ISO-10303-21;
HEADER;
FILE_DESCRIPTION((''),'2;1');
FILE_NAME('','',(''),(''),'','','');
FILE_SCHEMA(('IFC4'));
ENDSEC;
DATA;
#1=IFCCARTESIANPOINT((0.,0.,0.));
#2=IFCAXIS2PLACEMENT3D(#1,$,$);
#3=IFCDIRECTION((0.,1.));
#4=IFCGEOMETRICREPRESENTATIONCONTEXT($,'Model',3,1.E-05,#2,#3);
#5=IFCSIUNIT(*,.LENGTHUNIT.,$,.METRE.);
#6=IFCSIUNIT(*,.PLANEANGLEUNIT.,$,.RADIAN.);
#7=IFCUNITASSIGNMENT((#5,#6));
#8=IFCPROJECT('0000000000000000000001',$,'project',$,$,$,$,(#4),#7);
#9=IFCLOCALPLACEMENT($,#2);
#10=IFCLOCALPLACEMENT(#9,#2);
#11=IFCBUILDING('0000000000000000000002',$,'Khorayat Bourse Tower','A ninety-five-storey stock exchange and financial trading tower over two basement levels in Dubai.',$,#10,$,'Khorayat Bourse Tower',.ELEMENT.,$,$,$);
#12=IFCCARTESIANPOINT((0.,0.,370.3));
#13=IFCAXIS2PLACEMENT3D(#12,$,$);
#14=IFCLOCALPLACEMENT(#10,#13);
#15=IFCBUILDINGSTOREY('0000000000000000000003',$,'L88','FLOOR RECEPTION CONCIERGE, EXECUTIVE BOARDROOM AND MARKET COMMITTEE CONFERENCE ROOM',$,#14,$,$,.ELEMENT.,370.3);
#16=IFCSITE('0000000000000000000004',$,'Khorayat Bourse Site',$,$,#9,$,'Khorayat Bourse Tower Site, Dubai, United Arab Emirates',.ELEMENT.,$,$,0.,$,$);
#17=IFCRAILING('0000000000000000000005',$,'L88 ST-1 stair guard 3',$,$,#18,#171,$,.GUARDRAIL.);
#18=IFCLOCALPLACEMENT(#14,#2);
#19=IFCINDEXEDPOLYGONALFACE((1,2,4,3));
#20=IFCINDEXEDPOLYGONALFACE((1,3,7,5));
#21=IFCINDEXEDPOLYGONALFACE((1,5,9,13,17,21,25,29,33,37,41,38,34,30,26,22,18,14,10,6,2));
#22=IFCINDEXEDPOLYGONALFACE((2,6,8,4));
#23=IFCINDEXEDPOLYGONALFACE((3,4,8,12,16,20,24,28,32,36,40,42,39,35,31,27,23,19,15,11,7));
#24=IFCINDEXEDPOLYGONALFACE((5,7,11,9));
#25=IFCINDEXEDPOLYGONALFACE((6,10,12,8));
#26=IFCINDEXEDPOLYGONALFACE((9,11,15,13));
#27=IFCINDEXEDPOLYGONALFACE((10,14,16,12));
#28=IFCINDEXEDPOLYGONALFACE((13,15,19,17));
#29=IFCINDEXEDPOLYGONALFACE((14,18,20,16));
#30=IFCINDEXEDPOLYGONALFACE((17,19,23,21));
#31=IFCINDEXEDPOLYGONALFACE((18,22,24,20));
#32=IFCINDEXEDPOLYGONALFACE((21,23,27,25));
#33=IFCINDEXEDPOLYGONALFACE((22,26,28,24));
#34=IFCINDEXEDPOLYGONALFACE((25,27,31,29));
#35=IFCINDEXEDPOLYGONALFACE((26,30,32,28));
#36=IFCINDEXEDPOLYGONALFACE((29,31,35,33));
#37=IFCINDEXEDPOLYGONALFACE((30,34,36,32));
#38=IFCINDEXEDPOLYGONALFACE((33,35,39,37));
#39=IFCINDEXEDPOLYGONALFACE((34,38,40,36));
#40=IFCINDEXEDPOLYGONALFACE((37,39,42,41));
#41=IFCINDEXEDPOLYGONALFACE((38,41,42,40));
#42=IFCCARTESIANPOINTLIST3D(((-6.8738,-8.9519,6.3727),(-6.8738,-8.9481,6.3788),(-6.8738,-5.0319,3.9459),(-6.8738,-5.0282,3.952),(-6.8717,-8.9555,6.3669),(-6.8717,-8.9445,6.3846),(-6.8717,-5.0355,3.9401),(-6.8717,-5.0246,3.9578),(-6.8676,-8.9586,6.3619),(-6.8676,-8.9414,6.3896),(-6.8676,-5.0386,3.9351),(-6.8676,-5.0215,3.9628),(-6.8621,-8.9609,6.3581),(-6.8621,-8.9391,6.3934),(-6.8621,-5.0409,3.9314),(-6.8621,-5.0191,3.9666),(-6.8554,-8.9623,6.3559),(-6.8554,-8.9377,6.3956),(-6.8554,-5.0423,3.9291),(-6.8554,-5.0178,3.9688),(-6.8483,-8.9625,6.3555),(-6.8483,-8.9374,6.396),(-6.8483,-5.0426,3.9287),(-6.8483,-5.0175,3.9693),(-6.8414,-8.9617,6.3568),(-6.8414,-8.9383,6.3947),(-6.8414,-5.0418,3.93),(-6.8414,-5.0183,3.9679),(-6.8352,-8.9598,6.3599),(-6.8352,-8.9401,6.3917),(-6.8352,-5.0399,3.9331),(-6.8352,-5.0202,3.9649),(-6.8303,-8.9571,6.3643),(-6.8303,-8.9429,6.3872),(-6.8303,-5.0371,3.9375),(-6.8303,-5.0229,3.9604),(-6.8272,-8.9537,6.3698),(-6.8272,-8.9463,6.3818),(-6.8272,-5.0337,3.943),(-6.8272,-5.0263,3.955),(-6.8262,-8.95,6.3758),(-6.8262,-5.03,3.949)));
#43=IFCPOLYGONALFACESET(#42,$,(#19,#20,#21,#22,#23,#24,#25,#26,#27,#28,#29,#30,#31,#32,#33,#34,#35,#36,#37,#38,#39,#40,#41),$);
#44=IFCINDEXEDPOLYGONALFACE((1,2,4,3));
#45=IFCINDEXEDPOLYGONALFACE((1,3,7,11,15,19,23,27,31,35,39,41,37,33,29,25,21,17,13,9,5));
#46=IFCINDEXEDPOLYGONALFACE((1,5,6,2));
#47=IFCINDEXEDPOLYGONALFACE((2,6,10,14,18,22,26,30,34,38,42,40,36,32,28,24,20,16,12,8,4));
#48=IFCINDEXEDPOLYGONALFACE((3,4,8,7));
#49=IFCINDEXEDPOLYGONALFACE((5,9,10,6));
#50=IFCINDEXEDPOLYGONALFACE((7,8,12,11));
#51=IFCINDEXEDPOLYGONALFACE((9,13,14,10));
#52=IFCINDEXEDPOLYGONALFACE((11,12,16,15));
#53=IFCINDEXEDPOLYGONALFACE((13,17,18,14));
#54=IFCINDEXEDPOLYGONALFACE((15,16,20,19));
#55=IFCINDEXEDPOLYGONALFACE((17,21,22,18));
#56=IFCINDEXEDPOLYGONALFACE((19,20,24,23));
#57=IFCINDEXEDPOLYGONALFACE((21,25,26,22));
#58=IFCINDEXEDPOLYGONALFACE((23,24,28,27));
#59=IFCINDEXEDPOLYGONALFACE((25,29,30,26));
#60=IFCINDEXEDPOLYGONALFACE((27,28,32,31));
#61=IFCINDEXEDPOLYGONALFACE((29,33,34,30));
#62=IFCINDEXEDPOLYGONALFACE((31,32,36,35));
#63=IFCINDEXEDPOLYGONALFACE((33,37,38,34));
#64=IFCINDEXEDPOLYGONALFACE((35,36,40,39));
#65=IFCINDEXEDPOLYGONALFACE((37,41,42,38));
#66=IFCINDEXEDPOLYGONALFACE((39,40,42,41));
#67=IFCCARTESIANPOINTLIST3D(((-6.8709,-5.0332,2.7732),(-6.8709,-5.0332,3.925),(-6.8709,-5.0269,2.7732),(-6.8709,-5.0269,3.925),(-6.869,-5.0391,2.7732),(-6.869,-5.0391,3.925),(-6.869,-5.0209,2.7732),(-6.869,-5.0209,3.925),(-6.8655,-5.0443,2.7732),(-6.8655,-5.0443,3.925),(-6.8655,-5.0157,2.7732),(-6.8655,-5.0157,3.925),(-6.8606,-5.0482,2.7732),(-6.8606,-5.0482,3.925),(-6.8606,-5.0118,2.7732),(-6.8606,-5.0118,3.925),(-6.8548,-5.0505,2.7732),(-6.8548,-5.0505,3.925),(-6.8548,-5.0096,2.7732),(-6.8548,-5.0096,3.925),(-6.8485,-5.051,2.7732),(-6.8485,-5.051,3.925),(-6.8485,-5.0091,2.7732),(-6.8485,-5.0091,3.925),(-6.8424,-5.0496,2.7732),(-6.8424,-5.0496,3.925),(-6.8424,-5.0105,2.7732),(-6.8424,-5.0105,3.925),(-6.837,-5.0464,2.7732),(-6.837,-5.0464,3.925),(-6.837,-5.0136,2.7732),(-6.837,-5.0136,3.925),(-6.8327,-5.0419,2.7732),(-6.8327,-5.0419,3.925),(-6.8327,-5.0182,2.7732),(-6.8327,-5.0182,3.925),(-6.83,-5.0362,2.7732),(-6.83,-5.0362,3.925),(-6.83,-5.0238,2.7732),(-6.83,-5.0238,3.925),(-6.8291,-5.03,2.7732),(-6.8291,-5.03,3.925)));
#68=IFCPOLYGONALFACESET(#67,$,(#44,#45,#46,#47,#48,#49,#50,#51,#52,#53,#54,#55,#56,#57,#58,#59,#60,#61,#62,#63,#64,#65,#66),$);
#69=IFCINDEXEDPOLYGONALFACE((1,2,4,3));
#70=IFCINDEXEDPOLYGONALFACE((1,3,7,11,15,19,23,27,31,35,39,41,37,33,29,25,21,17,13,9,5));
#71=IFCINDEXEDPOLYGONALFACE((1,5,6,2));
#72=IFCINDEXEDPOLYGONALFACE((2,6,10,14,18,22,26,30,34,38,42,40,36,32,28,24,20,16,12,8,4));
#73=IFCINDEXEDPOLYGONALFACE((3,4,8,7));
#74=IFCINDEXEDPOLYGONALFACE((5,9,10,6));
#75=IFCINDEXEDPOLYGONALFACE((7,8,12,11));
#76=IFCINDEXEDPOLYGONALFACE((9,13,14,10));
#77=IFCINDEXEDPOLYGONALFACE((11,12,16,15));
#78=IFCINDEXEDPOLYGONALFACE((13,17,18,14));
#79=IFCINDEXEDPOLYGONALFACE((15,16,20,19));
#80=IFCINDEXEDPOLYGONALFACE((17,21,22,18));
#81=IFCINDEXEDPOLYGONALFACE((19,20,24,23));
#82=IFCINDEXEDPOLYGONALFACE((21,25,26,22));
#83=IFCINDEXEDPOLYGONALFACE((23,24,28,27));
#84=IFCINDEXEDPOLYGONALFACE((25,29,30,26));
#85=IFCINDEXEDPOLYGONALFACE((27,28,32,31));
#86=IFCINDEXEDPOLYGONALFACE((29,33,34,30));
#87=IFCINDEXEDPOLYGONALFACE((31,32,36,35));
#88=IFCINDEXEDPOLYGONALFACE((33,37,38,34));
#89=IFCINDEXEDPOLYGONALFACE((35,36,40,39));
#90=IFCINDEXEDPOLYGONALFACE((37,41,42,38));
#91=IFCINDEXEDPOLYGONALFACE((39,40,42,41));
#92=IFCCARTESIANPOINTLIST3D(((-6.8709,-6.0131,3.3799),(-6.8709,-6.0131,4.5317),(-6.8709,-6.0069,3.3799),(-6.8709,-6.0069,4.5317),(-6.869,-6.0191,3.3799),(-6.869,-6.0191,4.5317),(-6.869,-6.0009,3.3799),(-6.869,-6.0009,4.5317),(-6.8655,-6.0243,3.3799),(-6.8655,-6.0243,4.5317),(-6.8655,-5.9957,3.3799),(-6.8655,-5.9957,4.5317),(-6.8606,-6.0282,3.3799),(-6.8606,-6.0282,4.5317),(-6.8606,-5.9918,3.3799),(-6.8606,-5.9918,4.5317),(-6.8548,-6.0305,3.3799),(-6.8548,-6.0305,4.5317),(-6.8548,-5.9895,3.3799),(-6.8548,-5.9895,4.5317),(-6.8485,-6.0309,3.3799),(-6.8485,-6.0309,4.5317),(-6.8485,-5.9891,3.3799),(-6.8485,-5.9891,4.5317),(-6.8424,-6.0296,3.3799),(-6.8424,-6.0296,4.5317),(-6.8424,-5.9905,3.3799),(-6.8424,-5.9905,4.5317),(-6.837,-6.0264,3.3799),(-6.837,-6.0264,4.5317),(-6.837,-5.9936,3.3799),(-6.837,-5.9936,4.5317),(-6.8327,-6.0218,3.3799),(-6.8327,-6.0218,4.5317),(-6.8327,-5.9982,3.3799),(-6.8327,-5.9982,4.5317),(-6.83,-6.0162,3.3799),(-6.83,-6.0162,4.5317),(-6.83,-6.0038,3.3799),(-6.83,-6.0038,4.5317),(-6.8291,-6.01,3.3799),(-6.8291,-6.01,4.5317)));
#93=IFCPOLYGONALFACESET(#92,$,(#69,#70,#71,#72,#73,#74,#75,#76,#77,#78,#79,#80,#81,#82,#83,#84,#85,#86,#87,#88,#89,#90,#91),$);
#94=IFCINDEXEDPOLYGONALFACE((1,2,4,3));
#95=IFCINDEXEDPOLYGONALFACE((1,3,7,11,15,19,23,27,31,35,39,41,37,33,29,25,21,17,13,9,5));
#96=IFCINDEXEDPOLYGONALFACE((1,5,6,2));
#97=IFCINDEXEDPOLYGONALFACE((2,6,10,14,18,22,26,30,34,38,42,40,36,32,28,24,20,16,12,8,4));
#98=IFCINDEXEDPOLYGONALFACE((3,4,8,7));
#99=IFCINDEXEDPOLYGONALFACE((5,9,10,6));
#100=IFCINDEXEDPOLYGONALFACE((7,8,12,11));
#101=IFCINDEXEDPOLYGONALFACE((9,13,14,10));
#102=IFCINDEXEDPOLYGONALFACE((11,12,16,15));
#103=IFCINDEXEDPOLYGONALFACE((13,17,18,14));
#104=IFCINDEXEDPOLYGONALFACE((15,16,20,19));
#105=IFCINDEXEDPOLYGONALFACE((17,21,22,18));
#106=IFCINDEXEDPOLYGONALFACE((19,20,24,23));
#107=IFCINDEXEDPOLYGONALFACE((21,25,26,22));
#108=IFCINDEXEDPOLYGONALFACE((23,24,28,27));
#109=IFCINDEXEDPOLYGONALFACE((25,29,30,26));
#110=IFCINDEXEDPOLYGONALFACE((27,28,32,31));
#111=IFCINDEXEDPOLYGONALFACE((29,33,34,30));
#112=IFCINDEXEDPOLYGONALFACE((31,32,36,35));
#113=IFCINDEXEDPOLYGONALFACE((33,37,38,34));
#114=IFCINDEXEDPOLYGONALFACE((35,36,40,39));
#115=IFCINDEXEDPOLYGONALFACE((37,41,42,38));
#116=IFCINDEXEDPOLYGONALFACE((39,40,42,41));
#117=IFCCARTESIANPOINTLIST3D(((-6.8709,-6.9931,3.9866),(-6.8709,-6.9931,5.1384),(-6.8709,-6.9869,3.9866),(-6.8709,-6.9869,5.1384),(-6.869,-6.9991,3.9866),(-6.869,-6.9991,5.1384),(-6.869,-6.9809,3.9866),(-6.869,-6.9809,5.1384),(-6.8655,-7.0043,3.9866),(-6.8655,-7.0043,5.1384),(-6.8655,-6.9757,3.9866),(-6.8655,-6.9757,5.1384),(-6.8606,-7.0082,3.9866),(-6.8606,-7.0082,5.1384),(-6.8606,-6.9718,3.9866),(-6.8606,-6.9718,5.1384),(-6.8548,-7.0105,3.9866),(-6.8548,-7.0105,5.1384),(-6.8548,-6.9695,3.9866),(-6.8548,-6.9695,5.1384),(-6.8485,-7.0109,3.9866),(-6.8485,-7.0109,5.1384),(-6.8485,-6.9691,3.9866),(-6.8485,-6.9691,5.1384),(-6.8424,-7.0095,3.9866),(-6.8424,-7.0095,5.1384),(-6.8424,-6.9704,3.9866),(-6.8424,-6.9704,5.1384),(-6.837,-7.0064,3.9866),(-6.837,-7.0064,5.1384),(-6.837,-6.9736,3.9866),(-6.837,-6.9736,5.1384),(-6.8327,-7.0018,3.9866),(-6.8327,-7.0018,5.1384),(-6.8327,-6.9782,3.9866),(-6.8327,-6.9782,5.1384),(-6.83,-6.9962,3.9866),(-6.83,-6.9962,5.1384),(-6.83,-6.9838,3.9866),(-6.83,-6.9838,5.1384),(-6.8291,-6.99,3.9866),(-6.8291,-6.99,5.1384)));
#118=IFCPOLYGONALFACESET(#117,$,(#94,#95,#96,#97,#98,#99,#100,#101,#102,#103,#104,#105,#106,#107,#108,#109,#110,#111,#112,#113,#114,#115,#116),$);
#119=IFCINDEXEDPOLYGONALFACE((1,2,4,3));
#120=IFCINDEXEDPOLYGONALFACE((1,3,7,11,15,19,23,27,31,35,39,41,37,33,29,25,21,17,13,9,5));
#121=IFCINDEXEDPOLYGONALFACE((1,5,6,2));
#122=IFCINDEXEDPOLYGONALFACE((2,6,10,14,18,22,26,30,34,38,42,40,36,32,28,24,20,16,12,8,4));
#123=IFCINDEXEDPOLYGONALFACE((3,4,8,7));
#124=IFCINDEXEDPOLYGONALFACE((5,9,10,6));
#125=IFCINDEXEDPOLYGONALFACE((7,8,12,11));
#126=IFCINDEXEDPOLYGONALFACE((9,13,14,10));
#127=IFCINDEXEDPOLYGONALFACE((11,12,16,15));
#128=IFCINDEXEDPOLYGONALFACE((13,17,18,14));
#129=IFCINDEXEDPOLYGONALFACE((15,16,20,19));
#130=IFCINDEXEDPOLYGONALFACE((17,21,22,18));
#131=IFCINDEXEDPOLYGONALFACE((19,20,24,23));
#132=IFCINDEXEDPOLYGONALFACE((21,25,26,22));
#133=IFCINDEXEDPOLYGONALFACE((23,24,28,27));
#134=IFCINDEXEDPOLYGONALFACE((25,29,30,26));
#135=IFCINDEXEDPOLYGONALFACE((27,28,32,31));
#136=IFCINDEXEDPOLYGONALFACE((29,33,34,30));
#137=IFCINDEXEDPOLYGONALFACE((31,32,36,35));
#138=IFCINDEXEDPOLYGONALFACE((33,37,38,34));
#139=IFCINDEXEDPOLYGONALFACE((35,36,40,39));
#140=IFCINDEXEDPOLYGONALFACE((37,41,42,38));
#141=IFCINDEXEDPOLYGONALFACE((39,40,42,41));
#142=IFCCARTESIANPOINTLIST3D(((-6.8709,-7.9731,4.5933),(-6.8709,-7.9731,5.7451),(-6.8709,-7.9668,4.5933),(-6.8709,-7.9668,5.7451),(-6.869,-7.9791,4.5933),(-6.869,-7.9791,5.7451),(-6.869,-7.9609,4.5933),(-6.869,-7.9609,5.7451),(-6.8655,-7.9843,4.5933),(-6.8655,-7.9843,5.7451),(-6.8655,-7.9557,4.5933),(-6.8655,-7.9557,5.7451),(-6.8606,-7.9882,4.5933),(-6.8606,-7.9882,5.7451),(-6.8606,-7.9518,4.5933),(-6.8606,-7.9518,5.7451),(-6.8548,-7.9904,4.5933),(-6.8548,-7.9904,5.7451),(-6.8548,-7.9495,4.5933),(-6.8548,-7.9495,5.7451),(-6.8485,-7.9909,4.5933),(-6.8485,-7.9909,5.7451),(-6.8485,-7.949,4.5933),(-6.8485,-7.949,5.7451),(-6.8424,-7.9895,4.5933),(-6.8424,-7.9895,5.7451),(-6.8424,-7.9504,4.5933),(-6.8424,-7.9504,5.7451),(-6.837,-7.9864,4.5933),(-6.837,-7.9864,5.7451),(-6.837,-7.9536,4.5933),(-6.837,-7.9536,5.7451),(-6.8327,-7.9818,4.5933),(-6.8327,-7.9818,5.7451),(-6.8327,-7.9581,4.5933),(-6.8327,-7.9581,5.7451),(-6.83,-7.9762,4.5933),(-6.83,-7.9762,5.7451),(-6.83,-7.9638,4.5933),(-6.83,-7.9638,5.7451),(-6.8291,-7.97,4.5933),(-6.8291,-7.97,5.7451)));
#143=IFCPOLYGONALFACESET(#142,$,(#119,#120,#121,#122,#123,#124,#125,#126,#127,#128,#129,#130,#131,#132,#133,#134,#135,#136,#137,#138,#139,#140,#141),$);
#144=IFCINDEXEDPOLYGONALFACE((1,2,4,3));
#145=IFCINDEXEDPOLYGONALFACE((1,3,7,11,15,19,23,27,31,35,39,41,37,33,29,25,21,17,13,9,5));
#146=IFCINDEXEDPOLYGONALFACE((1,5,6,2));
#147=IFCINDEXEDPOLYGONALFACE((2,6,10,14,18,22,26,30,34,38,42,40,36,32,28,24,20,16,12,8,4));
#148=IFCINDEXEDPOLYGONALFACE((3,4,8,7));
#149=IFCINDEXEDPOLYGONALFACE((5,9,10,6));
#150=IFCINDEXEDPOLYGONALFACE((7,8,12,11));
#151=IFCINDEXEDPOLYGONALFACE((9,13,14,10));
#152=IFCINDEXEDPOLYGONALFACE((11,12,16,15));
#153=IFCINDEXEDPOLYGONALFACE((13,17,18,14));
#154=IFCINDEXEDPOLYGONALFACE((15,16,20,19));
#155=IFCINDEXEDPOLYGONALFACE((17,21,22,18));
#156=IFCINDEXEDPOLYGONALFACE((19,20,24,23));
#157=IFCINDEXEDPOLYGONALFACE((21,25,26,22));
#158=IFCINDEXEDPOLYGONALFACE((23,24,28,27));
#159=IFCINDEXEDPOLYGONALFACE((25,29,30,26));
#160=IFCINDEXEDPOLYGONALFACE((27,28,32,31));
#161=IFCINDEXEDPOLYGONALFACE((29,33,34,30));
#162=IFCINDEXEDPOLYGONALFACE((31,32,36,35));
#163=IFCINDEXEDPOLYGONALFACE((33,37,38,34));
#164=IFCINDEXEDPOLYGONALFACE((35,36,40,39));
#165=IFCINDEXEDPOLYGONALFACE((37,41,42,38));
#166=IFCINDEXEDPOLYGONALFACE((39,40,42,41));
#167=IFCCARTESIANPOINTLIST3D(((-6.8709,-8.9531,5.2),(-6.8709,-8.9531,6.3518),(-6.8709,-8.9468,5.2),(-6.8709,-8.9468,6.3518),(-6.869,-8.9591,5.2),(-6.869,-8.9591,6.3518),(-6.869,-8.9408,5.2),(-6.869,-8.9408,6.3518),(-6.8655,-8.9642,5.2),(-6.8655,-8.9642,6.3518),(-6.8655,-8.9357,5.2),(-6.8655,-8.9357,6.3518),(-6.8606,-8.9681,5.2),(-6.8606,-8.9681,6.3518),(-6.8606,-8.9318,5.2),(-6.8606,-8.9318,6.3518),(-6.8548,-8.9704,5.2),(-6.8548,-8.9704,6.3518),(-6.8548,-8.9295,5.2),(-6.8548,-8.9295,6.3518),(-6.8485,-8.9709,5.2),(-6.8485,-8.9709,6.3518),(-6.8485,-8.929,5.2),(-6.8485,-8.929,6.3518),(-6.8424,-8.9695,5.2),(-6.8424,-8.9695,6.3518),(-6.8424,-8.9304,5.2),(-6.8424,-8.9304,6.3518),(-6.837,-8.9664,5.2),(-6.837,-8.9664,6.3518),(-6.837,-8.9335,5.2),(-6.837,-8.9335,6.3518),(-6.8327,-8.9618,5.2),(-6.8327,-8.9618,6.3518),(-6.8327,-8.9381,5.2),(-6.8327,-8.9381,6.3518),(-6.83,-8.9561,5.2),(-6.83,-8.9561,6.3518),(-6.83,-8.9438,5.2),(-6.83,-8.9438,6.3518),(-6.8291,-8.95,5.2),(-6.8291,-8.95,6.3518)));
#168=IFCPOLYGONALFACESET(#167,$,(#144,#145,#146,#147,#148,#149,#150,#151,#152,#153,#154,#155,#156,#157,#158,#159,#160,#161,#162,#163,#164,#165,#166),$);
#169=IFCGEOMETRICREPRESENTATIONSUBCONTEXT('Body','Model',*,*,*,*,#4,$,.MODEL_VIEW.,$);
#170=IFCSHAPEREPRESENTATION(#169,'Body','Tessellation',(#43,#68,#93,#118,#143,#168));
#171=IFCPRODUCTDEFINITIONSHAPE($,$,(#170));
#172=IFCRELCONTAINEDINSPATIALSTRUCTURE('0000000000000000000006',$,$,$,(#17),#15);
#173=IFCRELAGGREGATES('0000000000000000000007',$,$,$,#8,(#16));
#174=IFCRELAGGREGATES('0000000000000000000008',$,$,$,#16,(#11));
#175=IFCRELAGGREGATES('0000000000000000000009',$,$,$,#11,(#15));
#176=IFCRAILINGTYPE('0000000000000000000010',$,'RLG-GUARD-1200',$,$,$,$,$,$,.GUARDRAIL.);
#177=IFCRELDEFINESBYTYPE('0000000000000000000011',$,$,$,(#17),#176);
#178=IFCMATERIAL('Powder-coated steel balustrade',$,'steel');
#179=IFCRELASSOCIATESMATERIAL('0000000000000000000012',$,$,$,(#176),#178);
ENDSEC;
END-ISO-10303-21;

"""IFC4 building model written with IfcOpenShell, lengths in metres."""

from ifc_helpers import new_model, si_unit, direction, frame, origin, origin_2d, place, context, subcontext, project, spatial, circle, extrude, source, transform, mapped, material, type_object, element, save


model = new_model("IFC4")

# Units and contexts
model_context = context("Model", 3, precision=1e-05, world=origin(), true_north=direction((0.0, 1.0)))
body_context = subcontext(model_context, "Body", "Model", "MODEL_VIEW")
ifc_project = project(units=[si_unit("LENGTHUNIT", "METRE"), si_unit("PLANEANGLEUNIT", "RADIAN")], contexts=[model_context])

# Site, building, storey
site_placement = place(None, origin())
site = spatial("IfcSite", under=ifc_project, at=site_placement, Name="Khorayat Bourse Site", LongName="Khorayat Bourse Tower Site, Dubai, United Arab Emirates", CompositionType="ELEMENT", RefElevation=0.0)
building_placement = place(site_placement, origin())
building = spatial("IfcBuilding", under=site, at=building_placement, Name="Khorayat Bourse Tower", Description="A ninety-five-storey stock exchange and financial trading tower over two basement levels in Dubai.", LongName="Khorayat Bourse Tower", CompositionType="ELEMENT")
storey_placement = place(building_placement, frame((0.0, 0.0, 370.3)))
storey = spatial("IfcBuildingStorey", under=building, at=storey_placement, Name="L88", Description="FLOOR RECEPTION CONCIERGE, EXECUTIVE BOARDROOM AND MARKET COMMITTEE CONFERENCE ROOM", CompositionType="ELEMENT", Elevation=370.3)

# Railing
ifc_material_1 = material(Name="Powder-coated steel balustrade", Category="steel")
railing_type_1 = type_object("IfcRailingType", Name="RLG-GUARD-1200", PredefinedType="GUARDRAIL", material=ifc_material_1)
shared_shape_1 = source(origin(), body_context, "Body", "SweptSolid", [
    extrude(circle(Radius=0.0239, at=origin_2d()), frame((0.0, 0.0, 1.1758), z_axis=(0.0, -0.850252, 0.526376), x_axis=(1.0, 0.0, 0.0)), (0.0, 0.0, 1.0), 4.6104),
    extrude(circle(Radius=0.021, at=origin_2d()), origin(), (0.0, 0.0, 1.0), 1.1519),
    extrude(circle(Radius=0.021, at=origin_2d()), frame((0.0, -0.98, 0.6067)), (0.0, 0.0, 1.0), 1.1519),
    extrude(circle(Radius=0.021, at=origin_2d()), frame((0.0, -1.96, 1.2134)), (0.0, 0.0, 1.0), 1.1519),
    extrude(circle(Radius=0.021, at=origin_2d()), frame((0.0, -2.9399, 1.8201)), (0.0, 0.0, 1.0), 1.1519),
    extrude(circle(Radius=0.021, at=origin_2d()), frame((0.0, -3.9199, 2.4268)), (0.0, 0.0, 1.0), 1.1519),
])
railing_1_placement = place(storey_placement, frame((-6.8501, -5.03, 2.7732)))
element("IfcRailing", 1, at=railing_1_placement, inside=storey, type_object=railing_type_1, Name="L88 ST-1 stair guard 3", PredefinedType="GUARDRAIL", context=body_context, shape_type="MappedRepresentation", body=[
    mapped(shared_shape_1, transform((0.0, 0.0, 0.0), scale=1.0)),
])

save(model, "model.ifc")
